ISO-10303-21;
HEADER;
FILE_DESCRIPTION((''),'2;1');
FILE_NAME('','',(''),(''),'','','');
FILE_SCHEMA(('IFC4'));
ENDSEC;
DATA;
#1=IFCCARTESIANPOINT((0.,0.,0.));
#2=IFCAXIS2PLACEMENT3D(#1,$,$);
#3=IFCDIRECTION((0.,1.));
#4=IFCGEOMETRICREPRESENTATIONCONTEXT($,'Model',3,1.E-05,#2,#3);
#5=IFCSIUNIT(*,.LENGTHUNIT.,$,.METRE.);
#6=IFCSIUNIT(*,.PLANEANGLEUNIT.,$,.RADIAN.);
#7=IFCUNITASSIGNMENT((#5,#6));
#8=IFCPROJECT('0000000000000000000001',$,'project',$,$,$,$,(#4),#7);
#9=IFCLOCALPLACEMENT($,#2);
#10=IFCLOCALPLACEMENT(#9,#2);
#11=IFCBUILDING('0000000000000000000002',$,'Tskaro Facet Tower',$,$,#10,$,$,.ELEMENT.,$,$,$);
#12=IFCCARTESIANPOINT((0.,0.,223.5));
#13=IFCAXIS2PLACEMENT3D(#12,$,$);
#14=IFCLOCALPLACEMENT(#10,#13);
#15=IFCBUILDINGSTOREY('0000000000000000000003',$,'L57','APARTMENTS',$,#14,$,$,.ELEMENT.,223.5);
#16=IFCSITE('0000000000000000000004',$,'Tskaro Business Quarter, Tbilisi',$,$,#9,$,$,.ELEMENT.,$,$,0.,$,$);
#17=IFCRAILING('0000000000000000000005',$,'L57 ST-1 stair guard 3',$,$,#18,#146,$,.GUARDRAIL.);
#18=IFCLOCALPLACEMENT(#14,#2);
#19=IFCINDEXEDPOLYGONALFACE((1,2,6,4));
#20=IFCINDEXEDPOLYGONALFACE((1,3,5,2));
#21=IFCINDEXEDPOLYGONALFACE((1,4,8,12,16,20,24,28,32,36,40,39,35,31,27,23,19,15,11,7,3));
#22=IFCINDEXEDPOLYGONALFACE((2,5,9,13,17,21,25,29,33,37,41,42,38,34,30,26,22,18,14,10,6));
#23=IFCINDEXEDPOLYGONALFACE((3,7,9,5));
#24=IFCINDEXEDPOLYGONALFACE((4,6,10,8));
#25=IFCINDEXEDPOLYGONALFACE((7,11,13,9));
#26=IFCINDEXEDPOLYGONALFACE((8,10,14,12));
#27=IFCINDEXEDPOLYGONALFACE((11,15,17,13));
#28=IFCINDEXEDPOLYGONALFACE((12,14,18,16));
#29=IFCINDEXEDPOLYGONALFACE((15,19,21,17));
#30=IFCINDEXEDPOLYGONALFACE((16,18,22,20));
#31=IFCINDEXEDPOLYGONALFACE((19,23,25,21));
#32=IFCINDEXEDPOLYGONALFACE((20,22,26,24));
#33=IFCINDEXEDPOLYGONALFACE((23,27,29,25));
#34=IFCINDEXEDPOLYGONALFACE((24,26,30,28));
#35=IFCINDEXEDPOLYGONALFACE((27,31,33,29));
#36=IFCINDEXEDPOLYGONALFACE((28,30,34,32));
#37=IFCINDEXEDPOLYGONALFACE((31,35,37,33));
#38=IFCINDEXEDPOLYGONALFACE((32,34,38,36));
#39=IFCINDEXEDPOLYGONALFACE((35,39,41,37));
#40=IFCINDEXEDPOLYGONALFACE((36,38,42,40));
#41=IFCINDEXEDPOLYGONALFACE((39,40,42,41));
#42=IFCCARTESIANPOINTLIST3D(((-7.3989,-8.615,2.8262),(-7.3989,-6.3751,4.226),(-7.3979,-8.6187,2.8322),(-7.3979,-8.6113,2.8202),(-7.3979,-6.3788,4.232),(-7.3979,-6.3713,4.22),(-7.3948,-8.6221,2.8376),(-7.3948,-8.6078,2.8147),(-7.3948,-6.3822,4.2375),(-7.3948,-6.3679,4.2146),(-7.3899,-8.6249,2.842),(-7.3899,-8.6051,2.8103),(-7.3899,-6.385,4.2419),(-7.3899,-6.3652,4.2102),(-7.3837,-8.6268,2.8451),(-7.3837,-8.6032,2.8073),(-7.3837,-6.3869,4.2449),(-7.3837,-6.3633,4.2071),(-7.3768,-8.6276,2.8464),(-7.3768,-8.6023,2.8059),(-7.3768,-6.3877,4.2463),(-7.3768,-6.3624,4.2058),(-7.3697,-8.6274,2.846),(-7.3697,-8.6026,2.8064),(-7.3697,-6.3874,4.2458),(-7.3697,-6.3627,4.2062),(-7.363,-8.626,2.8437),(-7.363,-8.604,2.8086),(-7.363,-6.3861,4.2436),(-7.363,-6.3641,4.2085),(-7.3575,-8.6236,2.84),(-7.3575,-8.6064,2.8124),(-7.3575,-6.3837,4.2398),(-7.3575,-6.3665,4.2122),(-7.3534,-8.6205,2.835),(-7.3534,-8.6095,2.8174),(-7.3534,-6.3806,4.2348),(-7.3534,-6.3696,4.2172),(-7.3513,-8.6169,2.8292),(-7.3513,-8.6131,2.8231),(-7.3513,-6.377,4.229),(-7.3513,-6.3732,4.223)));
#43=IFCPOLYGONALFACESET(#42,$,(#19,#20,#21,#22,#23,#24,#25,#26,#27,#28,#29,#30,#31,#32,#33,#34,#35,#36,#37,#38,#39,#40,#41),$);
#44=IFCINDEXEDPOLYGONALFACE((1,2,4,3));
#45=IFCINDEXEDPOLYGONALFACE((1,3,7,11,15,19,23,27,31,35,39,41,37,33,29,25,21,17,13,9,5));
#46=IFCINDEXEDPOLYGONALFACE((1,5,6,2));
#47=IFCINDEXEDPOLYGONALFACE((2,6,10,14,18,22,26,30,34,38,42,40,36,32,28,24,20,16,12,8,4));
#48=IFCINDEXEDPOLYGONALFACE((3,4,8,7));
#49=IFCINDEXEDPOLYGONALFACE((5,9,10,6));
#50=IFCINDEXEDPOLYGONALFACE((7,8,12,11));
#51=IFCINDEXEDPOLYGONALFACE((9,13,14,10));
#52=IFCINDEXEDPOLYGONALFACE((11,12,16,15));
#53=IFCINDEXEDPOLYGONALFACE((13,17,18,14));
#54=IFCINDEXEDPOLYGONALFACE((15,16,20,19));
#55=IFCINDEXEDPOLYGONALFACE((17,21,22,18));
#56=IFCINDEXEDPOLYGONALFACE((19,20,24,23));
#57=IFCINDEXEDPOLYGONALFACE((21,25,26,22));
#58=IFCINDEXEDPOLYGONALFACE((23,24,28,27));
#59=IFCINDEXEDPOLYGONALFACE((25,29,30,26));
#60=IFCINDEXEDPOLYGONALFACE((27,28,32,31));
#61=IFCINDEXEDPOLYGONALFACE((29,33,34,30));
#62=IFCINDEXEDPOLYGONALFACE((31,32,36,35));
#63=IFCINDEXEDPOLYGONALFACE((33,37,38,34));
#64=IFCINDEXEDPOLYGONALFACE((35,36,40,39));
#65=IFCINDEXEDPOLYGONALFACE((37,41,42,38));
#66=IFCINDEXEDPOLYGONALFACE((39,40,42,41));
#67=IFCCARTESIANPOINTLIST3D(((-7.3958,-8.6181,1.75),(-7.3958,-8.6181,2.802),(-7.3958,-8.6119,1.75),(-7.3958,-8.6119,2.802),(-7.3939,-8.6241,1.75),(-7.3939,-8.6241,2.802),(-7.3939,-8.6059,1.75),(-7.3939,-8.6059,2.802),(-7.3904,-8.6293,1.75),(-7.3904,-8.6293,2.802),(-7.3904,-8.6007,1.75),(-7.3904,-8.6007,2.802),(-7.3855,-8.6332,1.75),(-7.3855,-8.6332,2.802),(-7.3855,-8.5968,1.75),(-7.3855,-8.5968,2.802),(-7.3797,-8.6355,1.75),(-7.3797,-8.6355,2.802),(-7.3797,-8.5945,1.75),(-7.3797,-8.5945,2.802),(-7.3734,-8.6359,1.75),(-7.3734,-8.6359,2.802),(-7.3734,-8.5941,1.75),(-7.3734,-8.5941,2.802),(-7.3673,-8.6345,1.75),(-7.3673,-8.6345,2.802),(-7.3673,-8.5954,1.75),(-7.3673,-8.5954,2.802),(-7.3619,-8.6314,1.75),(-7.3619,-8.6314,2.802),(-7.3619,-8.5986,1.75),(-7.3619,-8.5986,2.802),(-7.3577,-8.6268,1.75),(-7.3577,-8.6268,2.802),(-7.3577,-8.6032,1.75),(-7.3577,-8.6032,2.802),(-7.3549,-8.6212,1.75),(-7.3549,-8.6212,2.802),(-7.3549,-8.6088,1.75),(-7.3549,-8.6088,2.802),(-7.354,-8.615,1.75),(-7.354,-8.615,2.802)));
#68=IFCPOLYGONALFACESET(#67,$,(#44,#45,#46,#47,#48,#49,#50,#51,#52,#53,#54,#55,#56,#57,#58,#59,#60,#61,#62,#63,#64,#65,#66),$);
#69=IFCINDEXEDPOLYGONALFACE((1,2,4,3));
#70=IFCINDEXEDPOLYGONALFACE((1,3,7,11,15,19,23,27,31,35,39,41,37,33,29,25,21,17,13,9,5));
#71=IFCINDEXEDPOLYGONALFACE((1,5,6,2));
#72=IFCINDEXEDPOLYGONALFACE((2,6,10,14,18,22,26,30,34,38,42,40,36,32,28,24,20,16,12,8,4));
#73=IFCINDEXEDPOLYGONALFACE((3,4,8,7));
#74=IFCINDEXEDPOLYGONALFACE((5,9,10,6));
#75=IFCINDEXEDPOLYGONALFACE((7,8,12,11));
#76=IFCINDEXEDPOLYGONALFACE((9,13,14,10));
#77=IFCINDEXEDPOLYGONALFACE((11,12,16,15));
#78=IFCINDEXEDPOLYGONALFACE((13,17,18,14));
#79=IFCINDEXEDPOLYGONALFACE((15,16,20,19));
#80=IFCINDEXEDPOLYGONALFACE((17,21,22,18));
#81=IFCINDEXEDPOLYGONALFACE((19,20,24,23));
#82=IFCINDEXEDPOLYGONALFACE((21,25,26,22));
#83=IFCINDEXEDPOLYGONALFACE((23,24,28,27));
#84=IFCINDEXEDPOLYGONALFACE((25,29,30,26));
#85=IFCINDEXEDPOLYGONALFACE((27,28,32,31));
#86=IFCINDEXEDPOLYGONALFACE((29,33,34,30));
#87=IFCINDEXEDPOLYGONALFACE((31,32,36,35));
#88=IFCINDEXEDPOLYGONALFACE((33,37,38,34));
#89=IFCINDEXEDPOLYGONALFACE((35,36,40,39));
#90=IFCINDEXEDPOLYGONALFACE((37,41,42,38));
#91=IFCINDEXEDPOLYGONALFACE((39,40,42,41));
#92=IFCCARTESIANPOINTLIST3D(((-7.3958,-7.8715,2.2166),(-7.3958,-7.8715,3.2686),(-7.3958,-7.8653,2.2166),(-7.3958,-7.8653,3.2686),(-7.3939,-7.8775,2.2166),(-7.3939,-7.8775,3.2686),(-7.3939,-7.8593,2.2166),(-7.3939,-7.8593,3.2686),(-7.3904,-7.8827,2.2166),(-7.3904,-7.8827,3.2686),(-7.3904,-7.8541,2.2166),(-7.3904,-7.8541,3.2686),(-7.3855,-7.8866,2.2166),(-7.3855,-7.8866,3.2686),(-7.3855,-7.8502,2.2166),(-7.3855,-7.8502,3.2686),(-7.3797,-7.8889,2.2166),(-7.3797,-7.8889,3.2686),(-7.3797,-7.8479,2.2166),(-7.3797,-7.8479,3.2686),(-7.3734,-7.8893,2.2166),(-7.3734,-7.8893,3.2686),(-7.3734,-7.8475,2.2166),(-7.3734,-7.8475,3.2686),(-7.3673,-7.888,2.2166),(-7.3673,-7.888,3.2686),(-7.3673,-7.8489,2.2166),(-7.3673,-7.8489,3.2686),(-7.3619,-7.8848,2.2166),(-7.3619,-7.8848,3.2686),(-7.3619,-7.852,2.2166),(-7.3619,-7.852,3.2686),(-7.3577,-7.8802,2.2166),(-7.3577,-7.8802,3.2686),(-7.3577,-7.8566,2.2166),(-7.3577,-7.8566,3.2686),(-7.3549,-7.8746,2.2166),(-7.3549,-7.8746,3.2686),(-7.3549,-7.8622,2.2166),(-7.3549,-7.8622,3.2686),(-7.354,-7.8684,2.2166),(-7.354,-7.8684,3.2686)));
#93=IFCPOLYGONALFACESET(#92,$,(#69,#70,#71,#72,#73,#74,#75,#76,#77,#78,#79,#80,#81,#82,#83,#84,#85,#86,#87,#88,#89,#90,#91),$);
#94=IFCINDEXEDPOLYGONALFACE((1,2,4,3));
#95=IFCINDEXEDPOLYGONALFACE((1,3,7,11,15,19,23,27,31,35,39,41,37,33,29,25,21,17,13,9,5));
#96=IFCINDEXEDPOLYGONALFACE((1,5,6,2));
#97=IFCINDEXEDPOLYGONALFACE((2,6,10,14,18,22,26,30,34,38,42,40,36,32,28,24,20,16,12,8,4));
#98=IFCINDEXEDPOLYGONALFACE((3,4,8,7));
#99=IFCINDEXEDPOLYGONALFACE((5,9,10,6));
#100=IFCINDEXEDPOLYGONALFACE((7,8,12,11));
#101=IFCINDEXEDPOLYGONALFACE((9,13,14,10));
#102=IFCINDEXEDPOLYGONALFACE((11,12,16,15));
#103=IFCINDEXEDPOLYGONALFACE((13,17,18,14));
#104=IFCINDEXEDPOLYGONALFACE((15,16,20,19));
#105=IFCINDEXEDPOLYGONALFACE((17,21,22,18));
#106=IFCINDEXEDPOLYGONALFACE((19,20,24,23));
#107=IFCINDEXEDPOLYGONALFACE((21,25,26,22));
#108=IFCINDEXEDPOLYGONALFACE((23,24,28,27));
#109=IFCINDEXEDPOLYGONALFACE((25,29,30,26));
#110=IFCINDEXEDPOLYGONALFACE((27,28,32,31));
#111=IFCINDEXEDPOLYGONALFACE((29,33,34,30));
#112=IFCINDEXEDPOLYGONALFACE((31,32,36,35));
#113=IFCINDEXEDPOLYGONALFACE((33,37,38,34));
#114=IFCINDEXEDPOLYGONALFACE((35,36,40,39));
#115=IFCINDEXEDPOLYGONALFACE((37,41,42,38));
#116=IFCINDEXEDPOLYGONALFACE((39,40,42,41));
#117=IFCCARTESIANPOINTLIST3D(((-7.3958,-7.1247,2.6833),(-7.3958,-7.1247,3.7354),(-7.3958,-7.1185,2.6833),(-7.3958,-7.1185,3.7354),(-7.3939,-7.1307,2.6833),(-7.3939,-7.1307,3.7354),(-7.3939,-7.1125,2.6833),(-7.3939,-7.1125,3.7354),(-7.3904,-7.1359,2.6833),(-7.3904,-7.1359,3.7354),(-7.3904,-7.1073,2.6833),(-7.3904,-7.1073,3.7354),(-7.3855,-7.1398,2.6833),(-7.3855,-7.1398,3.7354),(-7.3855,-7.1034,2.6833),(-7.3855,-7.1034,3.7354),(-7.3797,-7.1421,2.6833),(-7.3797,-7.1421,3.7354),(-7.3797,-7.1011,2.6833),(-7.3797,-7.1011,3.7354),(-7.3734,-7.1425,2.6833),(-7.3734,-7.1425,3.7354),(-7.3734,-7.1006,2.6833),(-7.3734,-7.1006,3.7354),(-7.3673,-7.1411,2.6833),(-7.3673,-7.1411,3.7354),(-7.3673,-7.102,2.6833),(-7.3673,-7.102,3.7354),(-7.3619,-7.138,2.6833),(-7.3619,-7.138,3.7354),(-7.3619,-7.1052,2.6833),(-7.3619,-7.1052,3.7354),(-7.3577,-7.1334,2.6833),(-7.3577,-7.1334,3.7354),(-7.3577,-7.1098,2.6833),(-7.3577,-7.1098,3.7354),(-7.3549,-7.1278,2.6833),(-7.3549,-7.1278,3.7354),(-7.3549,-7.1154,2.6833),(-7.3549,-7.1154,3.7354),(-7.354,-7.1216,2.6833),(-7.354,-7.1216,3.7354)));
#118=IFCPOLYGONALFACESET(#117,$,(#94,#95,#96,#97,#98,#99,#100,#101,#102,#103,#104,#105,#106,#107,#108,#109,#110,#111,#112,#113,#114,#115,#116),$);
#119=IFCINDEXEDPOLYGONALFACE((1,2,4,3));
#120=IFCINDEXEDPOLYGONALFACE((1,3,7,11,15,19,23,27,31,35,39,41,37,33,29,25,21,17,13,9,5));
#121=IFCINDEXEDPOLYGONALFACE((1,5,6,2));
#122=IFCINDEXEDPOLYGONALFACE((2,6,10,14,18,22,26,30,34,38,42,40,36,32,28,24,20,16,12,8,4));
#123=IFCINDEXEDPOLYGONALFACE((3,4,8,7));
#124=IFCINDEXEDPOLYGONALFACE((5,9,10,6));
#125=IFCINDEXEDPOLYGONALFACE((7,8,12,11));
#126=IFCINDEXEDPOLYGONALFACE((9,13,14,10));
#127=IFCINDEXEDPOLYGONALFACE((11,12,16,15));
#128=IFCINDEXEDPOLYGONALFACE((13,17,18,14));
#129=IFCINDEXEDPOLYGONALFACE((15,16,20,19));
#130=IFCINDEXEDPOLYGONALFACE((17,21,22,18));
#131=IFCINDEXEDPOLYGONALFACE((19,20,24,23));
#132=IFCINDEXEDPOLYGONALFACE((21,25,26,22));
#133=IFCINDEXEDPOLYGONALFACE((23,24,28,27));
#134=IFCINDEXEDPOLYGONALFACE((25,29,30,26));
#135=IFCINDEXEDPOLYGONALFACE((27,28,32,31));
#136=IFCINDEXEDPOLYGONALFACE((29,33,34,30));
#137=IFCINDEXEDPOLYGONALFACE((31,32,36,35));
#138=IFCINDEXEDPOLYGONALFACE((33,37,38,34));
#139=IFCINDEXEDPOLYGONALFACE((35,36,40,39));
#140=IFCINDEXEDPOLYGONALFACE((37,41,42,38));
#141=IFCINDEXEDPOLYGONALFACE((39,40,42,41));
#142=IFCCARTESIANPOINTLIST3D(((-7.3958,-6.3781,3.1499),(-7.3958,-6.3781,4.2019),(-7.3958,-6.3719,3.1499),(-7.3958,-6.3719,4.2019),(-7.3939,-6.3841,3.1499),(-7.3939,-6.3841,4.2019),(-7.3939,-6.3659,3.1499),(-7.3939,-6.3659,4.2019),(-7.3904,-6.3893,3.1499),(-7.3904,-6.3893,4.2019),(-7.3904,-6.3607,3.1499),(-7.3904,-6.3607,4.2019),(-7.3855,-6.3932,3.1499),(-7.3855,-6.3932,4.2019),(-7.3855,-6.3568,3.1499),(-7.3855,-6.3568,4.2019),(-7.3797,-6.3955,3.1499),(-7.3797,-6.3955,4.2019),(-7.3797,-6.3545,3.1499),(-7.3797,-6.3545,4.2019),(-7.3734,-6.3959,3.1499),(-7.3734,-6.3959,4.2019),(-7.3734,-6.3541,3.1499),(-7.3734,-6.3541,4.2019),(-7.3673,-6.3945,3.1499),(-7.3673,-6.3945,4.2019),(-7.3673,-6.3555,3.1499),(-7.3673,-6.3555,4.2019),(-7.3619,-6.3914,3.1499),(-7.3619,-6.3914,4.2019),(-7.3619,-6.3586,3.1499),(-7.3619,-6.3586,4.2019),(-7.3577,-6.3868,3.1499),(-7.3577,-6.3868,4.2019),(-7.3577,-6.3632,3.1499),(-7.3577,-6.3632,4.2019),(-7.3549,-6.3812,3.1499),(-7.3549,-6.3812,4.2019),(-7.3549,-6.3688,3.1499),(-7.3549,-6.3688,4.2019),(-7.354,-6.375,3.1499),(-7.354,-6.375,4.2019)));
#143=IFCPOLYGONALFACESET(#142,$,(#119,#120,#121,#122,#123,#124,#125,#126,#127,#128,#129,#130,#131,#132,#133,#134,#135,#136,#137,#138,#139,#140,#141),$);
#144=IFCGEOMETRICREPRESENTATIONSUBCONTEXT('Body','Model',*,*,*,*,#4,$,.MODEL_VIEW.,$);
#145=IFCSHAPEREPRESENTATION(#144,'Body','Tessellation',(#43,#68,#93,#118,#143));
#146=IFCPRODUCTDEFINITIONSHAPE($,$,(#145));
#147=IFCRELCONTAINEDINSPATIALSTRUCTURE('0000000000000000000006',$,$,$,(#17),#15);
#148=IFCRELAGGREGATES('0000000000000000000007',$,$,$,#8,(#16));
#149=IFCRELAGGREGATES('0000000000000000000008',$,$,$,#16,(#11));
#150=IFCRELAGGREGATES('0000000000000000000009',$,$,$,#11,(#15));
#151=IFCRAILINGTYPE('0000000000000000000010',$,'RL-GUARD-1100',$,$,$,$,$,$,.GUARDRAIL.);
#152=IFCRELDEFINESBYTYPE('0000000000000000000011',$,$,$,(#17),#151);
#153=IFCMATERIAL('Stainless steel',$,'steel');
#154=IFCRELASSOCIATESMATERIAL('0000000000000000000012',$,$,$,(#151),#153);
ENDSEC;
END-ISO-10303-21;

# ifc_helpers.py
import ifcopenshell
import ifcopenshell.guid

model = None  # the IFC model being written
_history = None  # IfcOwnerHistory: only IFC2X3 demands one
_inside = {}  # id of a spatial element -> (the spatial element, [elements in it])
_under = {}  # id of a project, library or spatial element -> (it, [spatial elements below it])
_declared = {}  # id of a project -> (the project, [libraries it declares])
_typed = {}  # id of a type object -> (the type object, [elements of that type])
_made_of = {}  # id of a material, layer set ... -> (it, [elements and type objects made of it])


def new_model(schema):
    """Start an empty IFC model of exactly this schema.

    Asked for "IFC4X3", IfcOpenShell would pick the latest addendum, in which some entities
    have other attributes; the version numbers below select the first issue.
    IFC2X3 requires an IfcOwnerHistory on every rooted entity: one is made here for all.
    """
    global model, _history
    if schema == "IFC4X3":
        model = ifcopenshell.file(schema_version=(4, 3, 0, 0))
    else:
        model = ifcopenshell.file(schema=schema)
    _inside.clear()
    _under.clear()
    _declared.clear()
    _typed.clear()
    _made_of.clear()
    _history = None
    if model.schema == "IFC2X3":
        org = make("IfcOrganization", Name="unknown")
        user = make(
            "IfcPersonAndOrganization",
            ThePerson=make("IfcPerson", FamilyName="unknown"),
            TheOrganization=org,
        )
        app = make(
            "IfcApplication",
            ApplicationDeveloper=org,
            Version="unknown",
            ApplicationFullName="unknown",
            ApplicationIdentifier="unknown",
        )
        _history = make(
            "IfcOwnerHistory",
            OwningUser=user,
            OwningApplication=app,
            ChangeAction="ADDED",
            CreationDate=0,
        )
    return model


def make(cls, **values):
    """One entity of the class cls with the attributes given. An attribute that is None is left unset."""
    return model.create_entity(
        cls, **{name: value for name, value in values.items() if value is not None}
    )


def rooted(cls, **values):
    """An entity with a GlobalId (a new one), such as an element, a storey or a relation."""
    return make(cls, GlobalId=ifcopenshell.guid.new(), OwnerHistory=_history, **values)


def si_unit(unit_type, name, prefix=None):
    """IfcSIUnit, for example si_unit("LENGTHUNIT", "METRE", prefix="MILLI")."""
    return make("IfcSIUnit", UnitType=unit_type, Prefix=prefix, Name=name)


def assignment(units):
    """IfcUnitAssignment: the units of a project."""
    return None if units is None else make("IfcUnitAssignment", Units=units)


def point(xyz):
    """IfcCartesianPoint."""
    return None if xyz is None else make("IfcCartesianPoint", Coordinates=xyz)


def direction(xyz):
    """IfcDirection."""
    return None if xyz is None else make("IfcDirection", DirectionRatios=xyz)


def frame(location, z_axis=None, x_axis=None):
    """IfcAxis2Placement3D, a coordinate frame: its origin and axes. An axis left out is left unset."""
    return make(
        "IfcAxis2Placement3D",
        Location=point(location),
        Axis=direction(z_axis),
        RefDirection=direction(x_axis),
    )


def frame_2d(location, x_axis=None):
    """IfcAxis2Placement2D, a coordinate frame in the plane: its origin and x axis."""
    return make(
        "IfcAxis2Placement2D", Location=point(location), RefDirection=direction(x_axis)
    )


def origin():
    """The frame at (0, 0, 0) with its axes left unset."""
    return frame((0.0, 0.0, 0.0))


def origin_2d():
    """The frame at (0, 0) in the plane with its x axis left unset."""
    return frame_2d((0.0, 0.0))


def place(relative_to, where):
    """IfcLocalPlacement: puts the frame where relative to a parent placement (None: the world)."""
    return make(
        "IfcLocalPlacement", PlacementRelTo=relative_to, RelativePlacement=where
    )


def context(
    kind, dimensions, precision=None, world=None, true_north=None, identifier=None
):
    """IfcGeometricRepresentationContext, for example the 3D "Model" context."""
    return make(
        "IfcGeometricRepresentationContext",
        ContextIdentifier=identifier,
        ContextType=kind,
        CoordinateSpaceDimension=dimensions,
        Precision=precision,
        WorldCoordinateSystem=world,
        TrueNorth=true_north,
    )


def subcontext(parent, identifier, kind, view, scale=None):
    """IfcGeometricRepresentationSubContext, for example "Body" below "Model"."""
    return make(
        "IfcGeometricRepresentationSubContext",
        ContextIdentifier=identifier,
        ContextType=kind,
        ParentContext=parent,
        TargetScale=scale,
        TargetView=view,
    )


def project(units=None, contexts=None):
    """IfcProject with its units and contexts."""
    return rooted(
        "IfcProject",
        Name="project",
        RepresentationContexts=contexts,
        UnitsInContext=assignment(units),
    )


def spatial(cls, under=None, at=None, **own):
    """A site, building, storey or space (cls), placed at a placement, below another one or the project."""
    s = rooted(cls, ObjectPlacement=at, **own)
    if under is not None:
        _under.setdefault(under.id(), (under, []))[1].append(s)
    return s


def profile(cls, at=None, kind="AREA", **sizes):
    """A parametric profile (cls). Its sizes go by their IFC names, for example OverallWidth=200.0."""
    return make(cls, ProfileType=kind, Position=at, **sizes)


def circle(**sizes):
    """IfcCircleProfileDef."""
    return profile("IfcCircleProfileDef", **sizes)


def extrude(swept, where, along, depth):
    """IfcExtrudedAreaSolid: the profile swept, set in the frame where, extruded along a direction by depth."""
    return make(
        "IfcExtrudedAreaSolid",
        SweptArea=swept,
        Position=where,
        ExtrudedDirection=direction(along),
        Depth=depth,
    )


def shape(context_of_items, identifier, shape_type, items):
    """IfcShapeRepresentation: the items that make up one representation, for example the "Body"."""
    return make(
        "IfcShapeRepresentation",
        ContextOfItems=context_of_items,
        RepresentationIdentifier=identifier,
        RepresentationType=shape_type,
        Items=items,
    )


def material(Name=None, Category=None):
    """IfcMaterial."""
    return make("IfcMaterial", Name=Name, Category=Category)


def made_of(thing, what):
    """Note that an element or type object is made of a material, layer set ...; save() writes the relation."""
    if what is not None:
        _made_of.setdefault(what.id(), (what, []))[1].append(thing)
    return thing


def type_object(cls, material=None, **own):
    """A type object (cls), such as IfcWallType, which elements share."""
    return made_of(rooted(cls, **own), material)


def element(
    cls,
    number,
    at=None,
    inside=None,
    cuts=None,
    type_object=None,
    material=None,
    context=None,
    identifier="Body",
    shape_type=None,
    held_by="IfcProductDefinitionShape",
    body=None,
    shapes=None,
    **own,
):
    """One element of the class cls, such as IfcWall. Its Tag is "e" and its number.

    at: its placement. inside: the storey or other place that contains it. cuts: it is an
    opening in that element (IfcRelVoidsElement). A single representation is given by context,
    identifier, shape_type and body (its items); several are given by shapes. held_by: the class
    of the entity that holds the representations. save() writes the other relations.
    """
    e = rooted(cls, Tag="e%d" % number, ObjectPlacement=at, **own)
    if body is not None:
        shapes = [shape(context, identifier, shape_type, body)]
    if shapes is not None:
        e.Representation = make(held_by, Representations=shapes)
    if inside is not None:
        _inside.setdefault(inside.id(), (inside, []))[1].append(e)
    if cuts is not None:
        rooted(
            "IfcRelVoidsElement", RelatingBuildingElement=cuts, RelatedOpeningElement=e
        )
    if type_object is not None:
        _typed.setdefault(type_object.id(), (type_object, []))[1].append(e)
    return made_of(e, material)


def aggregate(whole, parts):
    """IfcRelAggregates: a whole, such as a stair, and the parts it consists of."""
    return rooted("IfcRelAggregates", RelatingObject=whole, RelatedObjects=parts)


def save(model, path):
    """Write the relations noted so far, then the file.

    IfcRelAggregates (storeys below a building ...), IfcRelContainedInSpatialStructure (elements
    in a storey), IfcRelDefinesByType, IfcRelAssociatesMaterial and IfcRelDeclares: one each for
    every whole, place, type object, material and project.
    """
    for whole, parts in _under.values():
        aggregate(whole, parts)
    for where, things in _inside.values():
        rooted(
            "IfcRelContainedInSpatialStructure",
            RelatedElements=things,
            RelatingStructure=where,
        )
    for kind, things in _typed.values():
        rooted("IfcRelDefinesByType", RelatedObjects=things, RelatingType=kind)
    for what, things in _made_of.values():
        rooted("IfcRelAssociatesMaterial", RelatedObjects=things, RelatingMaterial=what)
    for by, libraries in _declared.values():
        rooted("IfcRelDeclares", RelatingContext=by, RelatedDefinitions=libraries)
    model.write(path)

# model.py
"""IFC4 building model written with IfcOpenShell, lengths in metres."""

from ifc_helpers import new_model, si_unit, direction, frame, origin, origin_2d, place, context, subcontext, project, spatial, circle, extrude, material, type_object, element, save


model = new_model("IFC4")

# Units and contexts
model_context = context("Model", 3, precision=1e-05, world=origin(), true_north=direction((0.0, 1.0)))
body_context = subcontext(model_context, "Body", "Model", "MODEL_VIEW")
ifc_project = project(units=[si_unit("LENGTHUNIT", "METRE"), si_unit("PLANEANGLEUNIT", "RADIAN")], contexts=[model_context])

# Site, building, storey
site_placement = place(None, origin())
site = spatial("IfcSite", under=ifc_project, at=site_placement, Name="Tskaro Business Quarter, Tbilisi", CompositionType="ELEMENT", RefElevation=0.0)
building_placement = place(site_placement, origin())
building = spatial("IfcBuilding", under=site, at=building_placement, Name="Tskaro Facet Tower", CompositionType="ELEMENT")
storey_placement = place(building_placement, frame((0.0, 0.0, 223.5)))
storey = spatial("IfcBuildingStorey", under=building, at=storey_placement, Name="L57", Description="APARTMENTS", CompositionType="ELEMENT", Elevation=223.5)

# Shared definitions
ifc_material_1 = material(Name="Stainless steel", Category="steel")

# Railing
railing_type_1 = type_object("IfcRailingType", Name="RL-GUARD-1100", PredefinedType="GUARDRAIL", material=ifc_material_1)
railing_1_placement = place(storey_placement, frame((-7.375, -8.615, 1.75)))
element("IfcRailing", 1, at=railing_1_placement, inside=storey, type_object=railing_type_1, Name="L57 ST-1 stair guard 3", PredefinedType="GUARDRAIL", context=body_context, shape_type="SweptSolid", body=[
    extrude(circle(Radius=0.0239, at=origin_2d()), frame((0.0, 0.0, 1.0762), z_axis=(0.0, 0.848014, 0.529974), x_axis=(-1.0, 0.0, 0.0)), (0.0, 0.0, 1.0), 2.6414),
    extrude(circle(Radius=0.021, at=origin_2d()), origin(), (0.0, 0.0, 1.0), 1.052),
    extrude(circle(Radius=0.021, at=origin_2d()), frame((0.0, 0.7466, 0.4666)), (0.0, 0.0, 1.0), 1.052),
    extrude(circle(Radius=0.021, at=origin_2d()), frame((0.0, 1.4934, 0.9333)), (0.0, 0.0, 1.0), 1.052),
    extrude(circle(Radius=0.021, at=origin_2d()), frame((0.0, 2.24, 1.3999)), (0.0, 0.0, 1.0), 1.052),
])

save(model, "model.ifc")
